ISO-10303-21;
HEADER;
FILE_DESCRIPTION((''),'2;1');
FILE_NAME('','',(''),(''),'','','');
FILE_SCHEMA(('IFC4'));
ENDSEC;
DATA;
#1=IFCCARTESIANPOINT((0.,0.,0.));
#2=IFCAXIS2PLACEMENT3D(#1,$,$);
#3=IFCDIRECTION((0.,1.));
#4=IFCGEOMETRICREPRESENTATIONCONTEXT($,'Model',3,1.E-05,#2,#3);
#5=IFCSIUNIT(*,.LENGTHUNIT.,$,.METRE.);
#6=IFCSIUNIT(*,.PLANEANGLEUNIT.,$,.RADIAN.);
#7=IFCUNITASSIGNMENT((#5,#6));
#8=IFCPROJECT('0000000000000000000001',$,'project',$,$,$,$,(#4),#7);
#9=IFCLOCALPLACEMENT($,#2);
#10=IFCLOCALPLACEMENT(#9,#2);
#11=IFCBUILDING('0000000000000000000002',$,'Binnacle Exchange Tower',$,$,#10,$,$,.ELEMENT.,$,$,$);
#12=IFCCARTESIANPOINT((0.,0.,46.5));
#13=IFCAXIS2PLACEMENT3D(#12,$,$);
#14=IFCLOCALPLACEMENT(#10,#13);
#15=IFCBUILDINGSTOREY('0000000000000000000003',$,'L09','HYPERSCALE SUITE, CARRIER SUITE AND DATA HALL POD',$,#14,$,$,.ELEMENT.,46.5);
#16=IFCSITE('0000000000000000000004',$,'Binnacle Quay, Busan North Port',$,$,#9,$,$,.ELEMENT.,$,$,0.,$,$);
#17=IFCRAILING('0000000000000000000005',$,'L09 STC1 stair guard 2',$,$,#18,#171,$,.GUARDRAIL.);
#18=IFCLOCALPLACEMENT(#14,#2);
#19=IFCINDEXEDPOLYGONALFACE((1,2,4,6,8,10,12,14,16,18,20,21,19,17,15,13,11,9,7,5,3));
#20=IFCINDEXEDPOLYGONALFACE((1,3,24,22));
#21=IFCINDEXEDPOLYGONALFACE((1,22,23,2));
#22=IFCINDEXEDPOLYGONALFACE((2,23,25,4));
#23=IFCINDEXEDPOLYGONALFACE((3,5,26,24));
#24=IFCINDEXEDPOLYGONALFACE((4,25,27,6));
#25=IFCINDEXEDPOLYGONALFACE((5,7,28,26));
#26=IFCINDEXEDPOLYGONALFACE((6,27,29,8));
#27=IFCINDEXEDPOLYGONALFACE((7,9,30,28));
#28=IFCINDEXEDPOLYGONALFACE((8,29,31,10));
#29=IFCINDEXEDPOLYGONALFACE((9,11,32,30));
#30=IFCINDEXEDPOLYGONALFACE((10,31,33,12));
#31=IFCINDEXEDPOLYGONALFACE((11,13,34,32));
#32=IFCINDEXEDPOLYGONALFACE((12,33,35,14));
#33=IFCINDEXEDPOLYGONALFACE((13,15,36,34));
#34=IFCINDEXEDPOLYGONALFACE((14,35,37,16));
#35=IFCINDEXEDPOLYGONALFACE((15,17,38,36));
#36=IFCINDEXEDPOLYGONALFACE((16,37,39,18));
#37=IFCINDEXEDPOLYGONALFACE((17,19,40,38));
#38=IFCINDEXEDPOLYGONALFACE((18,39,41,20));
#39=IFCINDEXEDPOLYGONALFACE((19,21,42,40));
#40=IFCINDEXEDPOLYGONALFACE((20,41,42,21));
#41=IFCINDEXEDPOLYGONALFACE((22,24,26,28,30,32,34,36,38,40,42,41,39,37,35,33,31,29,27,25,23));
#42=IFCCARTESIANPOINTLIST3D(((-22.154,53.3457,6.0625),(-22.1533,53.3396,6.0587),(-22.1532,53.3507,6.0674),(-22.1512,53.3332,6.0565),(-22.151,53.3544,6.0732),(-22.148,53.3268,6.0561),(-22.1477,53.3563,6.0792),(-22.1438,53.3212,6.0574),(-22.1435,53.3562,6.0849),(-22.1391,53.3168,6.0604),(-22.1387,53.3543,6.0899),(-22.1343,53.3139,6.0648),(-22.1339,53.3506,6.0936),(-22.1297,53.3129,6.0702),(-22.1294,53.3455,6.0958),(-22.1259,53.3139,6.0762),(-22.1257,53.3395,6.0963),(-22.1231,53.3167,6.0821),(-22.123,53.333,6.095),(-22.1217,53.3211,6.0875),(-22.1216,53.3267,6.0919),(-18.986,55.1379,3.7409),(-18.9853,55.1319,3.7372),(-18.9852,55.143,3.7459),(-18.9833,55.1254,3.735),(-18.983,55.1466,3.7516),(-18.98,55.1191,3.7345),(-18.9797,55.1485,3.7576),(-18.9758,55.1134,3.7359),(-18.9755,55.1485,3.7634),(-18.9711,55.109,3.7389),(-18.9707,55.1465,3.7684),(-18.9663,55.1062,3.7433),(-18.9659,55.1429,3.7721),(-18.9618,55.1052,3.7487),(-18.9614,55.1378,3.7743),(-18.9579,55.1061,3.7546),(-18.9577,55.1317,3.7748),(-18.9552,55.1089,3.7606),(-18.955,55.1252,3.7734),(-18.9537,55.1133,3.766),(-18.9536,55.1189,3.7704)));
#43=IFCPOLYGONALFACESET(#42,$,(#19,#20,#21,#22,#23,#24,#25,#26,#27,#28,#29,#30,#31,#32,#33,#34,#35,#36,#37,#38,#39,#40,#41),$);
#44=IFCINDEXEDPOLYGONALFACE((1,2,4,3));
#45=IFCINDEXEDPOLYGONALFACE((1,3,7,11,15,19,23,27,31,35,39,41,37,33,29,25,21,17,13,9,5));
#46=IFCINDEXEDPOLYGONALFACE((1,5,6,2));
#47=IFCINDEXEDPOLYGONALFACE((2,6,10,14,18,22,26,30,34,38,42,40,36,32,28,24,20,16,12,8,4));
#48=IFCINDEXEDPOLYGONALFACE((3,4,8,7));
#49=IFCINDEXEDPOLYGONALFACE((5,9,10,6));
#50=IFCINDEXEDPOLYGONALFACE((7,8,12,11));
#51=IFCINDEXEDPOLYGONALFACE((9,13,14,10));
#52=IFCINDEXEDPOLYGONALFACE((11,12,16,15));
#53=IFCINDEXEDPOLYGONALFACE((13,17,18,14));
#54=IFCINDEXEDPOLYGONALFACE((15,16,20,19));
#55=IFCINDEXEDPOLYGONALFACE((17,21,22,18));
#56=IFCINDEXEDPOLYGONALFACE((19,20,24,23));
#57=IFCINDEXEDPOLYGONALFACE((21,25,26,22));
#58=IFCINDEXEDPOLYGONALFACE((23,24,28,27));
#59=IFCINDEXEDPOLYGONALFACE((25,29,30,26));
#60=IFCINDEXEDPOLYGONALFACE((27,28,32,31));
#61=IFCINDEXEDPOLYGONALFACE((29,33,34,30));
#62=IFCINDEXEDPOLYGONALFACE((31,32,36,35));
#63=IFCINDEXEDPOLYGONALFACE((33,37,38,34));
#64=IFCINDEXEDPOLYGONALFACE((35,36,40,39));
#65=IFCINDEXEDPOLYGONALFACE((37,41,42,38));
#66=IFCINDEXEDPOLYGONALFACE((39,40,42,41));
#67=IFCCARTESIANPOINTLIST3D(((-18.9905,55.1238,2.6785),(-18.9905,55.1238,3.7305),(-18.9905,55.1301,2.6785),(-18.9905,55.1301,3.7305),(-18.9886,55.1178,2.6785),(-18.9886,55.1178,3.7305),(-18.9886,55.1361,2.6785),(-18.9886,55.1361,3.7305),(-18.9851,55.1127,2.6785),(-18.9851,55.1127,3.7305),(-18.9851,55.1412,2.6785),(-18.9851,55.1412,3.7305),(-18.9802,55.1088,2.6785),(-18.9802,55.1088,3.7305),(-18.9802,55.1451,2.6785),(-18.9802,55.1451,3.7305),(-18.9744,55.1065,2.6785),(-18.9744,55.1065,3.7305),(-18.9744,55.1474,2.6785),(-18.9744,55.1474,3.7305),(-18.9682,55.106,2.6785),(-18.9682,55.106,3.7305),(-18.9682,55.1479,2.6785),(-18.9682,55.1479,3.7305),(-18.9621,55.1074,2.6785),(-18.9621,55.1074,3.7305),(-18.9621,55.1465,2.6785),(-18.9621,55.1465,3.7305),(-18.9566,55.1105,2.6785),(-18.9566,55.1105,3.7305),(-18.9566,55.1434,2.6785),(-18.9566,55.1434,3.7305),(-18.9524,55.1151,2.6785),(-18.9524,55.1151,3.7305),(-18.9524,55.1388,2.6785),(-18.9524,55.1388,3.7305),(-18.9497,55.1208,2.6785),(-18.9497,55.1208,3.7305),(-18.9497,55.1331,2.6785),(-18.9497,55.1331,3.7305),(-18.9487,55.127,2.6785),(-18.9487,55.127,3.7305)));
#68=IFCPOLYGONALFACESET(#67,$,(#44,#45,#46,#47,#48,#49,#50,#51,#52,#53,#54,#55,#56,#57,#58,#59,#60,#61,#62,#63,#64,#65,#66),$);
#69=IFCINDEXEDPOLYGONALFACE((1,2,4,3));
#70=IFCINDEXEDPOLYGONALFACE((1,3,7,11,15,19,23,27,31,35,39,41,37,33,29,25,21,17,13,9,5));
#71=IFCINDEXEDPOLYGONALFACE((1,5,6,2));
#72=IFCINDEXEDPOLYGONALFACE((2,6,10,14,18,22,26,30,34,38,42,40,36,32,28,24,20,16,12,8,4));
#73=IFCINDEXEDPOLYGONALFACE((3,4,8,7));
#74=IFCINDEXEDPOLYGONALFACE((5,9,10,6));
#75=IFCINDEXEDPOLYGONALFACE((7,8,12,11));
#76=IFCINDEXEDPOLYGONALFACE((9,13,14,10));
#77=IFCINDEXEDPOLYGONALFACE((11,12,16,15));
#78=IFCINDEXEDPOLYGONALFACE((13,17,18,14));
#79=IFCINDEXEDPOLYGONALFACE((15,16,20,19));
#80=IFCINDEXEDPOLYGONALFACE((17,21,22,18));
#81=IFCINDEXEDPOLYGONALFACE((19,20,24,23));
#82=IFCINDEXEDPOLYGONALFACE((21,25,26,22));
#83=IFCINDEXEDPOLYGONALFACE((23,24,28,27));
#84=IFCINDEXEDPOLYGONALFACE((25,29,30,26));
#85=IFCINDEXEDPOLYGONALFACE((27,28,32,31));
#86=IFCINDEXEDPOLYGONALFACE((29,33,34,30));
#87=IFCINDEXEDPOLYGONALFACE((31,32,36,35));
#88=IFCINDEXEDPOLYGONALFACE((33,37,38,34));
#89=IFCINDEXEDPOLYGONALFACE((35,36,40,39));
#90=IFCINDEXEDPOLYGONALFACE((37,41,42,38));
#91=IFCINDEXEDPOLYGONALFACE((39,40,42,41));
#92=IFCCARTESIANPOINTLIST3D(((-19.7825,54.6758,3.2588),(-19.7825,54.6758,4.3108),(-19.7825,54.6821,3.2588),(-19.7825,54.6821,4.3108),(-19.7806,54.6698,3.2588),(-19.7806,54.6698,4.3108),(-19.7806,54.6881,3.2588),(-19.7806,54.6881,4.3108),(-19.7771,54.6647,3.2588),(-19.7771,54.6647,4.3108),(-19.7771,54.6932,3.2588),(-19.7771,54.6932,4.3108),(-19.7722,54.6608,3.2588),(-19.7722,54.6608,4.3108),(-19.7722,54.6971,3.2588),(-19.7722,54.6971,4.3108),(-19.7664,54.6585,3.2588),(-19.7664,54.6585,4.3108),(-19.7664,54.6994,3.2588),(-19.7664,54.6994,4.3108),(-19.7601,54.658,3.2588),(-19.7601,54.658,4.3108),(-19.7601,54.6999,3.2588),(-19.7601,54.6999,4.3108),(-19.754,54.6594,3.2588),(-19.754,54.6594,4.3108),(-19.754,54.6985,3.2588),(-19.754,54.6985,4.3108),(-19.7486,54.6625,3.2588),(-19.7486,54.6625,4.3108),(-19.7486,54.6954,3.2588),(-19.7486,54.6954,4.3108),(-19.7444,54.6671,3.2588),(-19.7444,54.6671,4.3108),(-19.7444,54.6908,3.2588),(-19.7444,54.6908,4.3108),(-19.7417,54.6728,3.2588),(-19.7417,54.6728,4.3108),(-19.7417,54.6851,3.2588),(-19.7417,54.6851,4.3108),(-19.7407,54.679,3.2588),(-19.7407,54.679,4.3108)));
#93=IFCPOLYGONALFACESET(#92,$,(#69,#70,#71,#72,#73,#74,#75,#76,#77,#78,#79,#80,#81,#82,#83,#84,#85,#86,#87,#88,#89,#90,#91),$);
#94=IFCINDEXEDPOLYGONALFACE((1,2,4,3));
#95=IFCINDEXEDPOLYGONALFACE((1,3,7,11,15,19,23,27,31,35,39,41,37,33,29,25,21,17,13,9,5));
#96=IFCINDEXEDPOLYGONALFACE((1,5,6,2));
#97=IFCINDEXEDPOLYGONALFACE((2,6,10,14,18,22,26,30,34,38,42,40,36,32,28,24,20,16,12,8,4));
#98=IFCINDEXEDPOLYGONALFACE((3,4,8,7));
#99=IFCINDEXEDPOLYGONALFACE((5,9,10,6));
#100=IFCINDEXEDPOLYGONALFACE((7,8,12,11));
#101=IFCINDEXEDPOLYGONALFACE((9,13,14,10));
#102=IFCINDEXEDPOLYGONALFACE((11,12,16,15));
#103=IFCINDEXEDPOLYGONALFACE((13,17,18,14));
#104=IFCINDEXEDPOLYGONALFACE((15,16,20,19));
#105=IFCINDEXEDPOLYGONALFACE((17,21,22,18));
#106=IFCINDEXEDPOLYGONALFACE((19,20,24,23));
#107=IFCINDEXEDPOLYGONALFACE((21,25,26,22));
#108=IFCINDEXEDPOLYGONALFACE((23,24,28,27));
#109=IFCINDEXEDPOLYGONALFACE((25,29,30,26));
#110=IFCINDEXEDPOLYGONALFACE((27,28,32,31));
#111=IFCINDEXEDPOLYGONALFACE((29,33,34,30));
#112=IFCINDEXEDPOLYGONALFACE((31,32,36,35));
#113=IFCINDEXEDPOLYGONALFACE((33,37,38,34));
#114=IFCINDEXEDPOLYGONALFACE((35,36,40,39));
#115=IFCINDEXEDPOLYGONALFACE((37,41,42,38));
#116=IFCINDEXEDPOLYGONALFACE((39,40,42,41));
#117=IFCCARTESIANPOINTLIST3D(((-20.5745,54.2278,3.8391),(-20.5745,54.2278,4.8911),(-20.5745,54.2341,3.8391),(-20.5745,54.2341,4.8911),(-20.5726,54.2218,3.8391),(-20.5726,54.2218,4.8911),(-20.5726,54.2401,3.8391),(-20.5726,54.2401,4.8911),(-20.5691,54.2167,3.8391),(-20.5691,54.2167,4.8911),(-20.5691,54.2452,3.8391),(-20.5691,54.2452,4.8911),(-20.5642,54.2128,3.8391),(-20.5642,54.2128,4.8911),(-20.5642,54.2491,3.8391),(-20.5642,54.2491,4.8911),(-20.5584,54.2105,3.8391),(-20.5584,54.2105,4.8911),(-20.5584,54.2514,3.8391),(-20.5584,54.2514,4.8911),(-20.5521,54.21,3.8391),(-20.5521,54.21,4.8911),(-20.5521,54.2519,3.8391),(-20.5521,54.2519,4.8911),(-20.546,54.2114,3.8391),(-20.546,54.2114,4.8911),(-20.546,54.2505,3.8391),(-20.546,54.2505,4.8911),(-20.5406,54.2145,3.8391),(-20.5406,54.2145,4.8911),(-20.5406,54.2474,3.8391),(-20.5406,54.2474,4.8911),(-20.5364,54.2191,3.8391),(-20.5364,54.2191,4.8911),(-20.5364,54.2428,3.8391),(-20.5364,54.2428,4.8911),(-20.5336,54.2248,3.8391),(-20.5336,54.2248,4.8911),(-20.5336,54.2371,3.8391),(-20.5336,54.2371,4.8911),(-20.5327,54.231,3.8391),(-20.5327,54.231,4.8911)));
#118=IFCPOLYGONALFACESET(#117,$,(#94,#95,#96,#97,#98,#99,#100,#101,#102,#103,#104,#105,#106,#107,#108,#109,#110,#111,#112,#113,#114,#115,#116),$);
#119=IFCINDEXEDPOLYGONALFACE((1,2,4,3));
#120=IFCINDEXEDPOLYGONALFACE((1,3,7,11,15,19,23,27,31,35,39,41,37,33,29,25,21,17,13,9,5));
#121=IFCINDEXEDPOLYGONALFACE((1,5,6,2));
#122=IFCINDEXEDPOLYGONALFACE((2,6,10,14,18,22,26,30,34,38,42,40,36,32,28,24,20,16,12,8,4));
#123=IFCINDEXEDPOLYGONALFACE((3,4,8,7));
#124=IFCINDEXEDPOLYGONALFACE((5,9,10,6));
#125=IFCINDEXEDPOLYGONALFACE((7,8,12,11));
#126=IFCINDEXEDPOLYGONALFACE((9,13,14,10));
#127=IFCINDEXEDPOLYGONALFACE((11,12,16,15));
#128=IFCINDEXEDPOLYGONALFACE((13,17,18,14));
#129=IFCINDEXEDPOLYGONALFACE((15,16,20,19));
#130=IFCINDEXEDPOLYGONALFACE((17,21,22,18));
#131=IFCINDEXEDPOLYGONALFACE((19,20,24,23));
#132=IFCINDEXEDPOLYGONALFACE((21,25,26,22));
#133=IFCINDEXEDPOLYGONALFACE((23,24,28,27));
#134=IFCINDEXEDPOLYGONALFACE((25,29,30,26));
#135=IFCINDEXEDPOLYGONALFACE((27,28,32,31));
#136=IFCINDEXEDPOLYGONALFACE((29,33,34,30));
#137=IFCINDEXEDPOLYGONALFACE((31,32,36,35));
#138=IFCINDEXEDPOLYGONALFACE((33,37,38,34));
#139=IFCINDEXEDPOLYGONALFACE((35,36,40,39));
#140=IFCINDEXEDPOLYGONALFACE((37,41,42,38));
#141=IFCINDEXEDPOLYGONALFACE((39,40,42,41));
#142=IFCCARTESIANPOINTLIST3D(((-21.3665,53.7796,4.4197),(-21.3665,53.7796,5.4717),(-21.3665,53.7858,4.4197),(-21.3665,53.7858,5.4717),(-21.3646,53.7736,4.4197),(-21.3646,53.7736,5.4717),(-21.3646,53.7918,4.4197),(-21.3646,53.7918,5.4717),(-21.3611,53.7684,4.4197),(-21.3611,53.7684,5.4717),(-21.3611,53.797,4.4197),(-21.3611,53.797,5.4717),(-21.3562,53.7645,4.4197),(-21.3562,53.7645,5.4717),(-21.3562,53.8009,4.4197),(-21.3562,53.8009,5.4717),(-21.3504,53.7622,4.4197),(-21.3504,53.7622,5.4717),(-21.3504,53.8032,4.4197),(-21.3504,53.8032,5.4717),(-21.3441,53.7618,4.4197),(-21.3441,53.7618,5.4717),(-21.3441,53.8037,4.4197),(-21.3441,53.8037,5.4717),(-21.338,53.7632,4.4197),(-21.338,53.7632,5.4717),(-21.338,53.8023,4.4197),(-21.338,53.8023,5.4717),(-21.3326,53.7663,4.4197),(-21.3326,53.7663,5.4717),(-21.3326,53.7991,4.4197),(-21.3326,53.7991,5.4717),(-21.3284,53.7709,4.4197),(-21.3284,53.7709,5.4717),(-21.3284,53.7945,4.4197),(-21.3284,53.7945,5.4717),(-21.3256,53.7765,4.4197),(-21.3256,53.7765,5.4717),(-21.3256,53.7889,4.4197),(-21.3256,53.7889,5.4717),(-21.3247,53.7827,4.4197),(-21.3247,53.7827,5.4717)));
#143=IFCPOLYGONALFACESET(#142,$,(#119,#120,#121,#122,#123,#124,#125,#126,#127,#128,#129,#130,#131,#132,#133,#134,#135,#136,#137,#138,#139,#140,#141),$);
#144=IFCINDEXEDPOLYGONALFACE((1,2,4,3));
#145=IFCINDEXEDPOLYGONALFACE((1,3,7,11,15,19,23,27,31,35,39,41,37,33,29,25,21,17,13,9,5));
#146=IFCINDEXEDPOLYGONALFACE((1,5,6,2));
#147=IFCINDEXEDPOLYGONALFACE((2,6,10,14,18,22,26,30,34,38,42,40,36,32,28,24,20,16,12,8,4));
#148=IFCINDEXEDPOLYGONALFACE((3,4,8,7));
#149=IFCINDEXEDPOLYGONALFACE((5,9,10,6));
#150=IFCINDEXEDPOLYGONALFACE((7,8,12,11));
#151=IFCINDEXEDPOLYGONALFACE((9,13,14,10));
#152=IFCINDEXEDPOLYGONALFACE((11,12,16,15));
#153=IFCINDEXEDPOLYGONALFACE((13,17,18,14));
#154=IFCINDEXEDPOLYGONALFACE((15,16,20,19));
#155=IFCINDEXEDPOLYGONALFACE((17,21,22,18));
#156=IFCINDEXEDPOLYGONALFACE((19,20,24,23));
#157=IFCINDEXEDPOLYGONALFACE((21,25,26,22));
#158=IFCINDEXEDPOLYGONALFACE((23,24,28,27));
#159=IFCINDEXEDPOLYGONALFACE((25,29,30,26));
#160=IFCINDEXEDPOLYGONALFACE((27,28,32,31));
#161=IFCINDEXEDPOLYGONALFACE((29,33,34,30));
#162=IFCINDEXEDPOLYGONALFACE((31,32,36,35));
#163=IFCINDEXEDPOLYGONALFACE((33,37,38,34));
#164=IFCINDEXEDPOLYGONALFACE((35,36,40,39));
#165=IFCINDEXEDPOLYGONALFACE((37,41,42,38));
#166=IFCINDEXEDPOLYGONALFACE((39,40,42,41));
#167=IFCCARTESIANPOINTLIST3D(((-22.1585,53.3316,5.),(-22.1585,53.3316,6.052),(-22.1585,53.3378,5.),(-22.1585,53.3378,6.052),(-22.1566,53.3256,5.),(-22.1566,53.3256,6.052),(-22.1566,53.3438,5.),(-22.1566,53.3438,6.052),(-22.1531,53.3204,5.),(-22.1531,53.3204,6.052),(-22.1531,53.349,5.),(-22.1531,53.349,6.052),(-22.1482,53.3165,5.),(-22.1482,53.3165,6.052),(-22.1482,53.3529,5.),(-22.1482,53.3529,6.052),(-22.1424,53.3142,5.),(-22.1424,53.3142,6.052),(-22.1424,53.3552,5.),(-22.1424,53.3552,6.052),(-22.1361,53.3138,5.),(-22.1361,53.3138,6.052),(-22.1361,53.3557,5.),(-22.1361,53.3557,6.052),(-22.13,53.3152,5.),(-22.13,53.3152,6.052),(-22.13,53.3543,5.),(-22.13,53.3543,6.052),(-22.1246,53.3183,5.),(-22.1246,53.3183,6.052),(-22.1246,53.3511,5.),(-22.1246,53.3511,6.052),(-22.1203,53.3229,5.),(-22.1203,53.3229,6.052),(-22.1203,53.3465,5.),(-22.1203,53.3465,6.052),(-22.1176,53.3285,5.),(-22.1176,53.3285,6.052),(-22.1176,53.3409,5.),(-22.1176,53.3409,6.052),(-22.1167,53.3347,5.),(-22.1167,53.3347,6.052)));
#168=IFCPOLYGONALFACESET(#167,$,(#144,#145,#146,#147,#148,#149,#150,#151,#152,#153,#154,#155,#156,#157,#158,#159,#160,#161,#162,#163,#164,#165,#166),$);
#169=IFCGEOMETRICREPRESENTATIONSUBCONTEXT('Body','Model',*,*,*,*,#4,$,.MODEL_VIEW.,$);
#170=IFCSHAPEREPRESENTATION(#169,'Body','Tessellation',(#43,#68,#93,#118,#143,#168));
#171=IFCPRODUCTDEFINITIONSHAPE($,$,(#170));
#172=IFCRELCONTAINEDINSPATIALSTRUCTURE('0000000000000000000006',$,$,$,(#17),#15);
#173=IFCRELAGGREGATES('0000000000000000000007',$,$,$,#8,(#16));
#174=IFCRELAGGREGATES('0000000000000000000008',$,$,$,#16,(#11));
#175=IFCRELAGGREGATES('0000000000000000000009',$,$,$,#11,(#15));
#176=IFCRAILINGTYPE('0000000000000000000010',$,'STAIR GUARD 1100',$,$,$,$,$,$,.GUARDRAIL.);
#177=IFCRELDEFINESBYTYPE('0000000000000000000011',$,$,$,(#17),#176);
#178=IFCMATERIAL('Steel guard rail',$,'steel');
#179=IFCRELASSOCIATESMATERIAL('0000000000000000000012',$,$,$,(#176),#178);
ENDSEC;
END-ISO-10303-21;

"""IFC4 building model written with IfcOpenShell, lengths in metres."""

from ifc_helpers import new_model, si_unit, direction, frame, origin, origin_2d, place, context, subcontext, project, spatial, circle, extrude, material, type_object, element, save


model = new_model("IFC4")

# Units and contexts
model_context = context("Model", 3, precision=1e-05, world=origin(), true_north=direction((0.0, 1.0)))
body_context = subcontext(model_context, "Body", "Model", "MODEL_VIEW")
ifc_project = project(units=[si_unit("LENGTHUNIT", "METRE"), si_unit("PLANEANGLEUNIT", "RADIAN")], contexts=[model_context])

# Site, building, storey
site_placement = place(None, origin())
site = spatial("IfcSite", under=ifc_project, at=site_placement, Name="Binnacle Quay, Busan North Port", CompositionType="ELEMENT", RefElevation=0.0)
building_placement = place(site_placement, origin())
building = spatial("IfcBuilding", under=site, at=building_placement, Name="Binnacle Exchange Tower", CompositionType="ELEMENT")
storey_placement = place(building_placement, frame((0.0, 0.0, 46.5)))
storey = spatial("IfcBuildingStorey", under=building, at=storey_placement, Name="L09", Description="HYPERSCALE SUITE, CARRIER SUITE AND DATA HALL POD", CompositionType="ELEMENT", Elevation=46.5)

# Railing
ifc_material_1 = material(Name="Steel guard rail", Category="steel")
railing_type = type_object("IfcRailingType", Name="STAIR GUARD 1100", PredefinedType="GUARDRAIL", material=ifc_material_1)
railing_placement = place(storey_placement, frame((-18.9697, 55.127, 2.6785)))
element("IfcRailing", 1, at=railing_placement, inside=storey, type_object=railing_type, Name="L09 STC1 stair guard 2", PredefinedType="GUARDRAIL", context=body_context, shape_type="SweptSolid", body=[
    extrude(circle(Radius=0.0239, at=origin_2d()), frame((0.0, 0.0, 1.0762), z_axis=(-0.733813, -0.415145, 0.537749), x_axis=(0.4924, -0.870369, 0.0)), (0.0, 0.0, 1.0), 4.3171),
    extrude(circle(Radius=0.021, at=origin_2d()), origin(), (0.0, 0.0, 1.0), 1.052),
    extrude(circle(Radius=0.021, at=origin_2d()), frame((-0.792, -0.448, 0.5803)), (0.0, 0.0, 1.0), 1.052),
    extrude(circle(Radius=0.021, at=origin_2d()), frame((-1.584, -0.896, 1.1606)), (0.0, 0.0, 1.0), 1.052),
    extrude(circle(Radius=0.021, at=origin_2d()), frame((-2.376, -1.3442, 1.7412)), (0.0, 0.0, 1.0), 1.052),
    extrude(circle(Radius=0.021, at=origin_2d()), frame((-3.168, -1.7922, 2.3215)), (0.0, 0.0, 1.0), 1.052),
])

save(model, "model.ifc")
